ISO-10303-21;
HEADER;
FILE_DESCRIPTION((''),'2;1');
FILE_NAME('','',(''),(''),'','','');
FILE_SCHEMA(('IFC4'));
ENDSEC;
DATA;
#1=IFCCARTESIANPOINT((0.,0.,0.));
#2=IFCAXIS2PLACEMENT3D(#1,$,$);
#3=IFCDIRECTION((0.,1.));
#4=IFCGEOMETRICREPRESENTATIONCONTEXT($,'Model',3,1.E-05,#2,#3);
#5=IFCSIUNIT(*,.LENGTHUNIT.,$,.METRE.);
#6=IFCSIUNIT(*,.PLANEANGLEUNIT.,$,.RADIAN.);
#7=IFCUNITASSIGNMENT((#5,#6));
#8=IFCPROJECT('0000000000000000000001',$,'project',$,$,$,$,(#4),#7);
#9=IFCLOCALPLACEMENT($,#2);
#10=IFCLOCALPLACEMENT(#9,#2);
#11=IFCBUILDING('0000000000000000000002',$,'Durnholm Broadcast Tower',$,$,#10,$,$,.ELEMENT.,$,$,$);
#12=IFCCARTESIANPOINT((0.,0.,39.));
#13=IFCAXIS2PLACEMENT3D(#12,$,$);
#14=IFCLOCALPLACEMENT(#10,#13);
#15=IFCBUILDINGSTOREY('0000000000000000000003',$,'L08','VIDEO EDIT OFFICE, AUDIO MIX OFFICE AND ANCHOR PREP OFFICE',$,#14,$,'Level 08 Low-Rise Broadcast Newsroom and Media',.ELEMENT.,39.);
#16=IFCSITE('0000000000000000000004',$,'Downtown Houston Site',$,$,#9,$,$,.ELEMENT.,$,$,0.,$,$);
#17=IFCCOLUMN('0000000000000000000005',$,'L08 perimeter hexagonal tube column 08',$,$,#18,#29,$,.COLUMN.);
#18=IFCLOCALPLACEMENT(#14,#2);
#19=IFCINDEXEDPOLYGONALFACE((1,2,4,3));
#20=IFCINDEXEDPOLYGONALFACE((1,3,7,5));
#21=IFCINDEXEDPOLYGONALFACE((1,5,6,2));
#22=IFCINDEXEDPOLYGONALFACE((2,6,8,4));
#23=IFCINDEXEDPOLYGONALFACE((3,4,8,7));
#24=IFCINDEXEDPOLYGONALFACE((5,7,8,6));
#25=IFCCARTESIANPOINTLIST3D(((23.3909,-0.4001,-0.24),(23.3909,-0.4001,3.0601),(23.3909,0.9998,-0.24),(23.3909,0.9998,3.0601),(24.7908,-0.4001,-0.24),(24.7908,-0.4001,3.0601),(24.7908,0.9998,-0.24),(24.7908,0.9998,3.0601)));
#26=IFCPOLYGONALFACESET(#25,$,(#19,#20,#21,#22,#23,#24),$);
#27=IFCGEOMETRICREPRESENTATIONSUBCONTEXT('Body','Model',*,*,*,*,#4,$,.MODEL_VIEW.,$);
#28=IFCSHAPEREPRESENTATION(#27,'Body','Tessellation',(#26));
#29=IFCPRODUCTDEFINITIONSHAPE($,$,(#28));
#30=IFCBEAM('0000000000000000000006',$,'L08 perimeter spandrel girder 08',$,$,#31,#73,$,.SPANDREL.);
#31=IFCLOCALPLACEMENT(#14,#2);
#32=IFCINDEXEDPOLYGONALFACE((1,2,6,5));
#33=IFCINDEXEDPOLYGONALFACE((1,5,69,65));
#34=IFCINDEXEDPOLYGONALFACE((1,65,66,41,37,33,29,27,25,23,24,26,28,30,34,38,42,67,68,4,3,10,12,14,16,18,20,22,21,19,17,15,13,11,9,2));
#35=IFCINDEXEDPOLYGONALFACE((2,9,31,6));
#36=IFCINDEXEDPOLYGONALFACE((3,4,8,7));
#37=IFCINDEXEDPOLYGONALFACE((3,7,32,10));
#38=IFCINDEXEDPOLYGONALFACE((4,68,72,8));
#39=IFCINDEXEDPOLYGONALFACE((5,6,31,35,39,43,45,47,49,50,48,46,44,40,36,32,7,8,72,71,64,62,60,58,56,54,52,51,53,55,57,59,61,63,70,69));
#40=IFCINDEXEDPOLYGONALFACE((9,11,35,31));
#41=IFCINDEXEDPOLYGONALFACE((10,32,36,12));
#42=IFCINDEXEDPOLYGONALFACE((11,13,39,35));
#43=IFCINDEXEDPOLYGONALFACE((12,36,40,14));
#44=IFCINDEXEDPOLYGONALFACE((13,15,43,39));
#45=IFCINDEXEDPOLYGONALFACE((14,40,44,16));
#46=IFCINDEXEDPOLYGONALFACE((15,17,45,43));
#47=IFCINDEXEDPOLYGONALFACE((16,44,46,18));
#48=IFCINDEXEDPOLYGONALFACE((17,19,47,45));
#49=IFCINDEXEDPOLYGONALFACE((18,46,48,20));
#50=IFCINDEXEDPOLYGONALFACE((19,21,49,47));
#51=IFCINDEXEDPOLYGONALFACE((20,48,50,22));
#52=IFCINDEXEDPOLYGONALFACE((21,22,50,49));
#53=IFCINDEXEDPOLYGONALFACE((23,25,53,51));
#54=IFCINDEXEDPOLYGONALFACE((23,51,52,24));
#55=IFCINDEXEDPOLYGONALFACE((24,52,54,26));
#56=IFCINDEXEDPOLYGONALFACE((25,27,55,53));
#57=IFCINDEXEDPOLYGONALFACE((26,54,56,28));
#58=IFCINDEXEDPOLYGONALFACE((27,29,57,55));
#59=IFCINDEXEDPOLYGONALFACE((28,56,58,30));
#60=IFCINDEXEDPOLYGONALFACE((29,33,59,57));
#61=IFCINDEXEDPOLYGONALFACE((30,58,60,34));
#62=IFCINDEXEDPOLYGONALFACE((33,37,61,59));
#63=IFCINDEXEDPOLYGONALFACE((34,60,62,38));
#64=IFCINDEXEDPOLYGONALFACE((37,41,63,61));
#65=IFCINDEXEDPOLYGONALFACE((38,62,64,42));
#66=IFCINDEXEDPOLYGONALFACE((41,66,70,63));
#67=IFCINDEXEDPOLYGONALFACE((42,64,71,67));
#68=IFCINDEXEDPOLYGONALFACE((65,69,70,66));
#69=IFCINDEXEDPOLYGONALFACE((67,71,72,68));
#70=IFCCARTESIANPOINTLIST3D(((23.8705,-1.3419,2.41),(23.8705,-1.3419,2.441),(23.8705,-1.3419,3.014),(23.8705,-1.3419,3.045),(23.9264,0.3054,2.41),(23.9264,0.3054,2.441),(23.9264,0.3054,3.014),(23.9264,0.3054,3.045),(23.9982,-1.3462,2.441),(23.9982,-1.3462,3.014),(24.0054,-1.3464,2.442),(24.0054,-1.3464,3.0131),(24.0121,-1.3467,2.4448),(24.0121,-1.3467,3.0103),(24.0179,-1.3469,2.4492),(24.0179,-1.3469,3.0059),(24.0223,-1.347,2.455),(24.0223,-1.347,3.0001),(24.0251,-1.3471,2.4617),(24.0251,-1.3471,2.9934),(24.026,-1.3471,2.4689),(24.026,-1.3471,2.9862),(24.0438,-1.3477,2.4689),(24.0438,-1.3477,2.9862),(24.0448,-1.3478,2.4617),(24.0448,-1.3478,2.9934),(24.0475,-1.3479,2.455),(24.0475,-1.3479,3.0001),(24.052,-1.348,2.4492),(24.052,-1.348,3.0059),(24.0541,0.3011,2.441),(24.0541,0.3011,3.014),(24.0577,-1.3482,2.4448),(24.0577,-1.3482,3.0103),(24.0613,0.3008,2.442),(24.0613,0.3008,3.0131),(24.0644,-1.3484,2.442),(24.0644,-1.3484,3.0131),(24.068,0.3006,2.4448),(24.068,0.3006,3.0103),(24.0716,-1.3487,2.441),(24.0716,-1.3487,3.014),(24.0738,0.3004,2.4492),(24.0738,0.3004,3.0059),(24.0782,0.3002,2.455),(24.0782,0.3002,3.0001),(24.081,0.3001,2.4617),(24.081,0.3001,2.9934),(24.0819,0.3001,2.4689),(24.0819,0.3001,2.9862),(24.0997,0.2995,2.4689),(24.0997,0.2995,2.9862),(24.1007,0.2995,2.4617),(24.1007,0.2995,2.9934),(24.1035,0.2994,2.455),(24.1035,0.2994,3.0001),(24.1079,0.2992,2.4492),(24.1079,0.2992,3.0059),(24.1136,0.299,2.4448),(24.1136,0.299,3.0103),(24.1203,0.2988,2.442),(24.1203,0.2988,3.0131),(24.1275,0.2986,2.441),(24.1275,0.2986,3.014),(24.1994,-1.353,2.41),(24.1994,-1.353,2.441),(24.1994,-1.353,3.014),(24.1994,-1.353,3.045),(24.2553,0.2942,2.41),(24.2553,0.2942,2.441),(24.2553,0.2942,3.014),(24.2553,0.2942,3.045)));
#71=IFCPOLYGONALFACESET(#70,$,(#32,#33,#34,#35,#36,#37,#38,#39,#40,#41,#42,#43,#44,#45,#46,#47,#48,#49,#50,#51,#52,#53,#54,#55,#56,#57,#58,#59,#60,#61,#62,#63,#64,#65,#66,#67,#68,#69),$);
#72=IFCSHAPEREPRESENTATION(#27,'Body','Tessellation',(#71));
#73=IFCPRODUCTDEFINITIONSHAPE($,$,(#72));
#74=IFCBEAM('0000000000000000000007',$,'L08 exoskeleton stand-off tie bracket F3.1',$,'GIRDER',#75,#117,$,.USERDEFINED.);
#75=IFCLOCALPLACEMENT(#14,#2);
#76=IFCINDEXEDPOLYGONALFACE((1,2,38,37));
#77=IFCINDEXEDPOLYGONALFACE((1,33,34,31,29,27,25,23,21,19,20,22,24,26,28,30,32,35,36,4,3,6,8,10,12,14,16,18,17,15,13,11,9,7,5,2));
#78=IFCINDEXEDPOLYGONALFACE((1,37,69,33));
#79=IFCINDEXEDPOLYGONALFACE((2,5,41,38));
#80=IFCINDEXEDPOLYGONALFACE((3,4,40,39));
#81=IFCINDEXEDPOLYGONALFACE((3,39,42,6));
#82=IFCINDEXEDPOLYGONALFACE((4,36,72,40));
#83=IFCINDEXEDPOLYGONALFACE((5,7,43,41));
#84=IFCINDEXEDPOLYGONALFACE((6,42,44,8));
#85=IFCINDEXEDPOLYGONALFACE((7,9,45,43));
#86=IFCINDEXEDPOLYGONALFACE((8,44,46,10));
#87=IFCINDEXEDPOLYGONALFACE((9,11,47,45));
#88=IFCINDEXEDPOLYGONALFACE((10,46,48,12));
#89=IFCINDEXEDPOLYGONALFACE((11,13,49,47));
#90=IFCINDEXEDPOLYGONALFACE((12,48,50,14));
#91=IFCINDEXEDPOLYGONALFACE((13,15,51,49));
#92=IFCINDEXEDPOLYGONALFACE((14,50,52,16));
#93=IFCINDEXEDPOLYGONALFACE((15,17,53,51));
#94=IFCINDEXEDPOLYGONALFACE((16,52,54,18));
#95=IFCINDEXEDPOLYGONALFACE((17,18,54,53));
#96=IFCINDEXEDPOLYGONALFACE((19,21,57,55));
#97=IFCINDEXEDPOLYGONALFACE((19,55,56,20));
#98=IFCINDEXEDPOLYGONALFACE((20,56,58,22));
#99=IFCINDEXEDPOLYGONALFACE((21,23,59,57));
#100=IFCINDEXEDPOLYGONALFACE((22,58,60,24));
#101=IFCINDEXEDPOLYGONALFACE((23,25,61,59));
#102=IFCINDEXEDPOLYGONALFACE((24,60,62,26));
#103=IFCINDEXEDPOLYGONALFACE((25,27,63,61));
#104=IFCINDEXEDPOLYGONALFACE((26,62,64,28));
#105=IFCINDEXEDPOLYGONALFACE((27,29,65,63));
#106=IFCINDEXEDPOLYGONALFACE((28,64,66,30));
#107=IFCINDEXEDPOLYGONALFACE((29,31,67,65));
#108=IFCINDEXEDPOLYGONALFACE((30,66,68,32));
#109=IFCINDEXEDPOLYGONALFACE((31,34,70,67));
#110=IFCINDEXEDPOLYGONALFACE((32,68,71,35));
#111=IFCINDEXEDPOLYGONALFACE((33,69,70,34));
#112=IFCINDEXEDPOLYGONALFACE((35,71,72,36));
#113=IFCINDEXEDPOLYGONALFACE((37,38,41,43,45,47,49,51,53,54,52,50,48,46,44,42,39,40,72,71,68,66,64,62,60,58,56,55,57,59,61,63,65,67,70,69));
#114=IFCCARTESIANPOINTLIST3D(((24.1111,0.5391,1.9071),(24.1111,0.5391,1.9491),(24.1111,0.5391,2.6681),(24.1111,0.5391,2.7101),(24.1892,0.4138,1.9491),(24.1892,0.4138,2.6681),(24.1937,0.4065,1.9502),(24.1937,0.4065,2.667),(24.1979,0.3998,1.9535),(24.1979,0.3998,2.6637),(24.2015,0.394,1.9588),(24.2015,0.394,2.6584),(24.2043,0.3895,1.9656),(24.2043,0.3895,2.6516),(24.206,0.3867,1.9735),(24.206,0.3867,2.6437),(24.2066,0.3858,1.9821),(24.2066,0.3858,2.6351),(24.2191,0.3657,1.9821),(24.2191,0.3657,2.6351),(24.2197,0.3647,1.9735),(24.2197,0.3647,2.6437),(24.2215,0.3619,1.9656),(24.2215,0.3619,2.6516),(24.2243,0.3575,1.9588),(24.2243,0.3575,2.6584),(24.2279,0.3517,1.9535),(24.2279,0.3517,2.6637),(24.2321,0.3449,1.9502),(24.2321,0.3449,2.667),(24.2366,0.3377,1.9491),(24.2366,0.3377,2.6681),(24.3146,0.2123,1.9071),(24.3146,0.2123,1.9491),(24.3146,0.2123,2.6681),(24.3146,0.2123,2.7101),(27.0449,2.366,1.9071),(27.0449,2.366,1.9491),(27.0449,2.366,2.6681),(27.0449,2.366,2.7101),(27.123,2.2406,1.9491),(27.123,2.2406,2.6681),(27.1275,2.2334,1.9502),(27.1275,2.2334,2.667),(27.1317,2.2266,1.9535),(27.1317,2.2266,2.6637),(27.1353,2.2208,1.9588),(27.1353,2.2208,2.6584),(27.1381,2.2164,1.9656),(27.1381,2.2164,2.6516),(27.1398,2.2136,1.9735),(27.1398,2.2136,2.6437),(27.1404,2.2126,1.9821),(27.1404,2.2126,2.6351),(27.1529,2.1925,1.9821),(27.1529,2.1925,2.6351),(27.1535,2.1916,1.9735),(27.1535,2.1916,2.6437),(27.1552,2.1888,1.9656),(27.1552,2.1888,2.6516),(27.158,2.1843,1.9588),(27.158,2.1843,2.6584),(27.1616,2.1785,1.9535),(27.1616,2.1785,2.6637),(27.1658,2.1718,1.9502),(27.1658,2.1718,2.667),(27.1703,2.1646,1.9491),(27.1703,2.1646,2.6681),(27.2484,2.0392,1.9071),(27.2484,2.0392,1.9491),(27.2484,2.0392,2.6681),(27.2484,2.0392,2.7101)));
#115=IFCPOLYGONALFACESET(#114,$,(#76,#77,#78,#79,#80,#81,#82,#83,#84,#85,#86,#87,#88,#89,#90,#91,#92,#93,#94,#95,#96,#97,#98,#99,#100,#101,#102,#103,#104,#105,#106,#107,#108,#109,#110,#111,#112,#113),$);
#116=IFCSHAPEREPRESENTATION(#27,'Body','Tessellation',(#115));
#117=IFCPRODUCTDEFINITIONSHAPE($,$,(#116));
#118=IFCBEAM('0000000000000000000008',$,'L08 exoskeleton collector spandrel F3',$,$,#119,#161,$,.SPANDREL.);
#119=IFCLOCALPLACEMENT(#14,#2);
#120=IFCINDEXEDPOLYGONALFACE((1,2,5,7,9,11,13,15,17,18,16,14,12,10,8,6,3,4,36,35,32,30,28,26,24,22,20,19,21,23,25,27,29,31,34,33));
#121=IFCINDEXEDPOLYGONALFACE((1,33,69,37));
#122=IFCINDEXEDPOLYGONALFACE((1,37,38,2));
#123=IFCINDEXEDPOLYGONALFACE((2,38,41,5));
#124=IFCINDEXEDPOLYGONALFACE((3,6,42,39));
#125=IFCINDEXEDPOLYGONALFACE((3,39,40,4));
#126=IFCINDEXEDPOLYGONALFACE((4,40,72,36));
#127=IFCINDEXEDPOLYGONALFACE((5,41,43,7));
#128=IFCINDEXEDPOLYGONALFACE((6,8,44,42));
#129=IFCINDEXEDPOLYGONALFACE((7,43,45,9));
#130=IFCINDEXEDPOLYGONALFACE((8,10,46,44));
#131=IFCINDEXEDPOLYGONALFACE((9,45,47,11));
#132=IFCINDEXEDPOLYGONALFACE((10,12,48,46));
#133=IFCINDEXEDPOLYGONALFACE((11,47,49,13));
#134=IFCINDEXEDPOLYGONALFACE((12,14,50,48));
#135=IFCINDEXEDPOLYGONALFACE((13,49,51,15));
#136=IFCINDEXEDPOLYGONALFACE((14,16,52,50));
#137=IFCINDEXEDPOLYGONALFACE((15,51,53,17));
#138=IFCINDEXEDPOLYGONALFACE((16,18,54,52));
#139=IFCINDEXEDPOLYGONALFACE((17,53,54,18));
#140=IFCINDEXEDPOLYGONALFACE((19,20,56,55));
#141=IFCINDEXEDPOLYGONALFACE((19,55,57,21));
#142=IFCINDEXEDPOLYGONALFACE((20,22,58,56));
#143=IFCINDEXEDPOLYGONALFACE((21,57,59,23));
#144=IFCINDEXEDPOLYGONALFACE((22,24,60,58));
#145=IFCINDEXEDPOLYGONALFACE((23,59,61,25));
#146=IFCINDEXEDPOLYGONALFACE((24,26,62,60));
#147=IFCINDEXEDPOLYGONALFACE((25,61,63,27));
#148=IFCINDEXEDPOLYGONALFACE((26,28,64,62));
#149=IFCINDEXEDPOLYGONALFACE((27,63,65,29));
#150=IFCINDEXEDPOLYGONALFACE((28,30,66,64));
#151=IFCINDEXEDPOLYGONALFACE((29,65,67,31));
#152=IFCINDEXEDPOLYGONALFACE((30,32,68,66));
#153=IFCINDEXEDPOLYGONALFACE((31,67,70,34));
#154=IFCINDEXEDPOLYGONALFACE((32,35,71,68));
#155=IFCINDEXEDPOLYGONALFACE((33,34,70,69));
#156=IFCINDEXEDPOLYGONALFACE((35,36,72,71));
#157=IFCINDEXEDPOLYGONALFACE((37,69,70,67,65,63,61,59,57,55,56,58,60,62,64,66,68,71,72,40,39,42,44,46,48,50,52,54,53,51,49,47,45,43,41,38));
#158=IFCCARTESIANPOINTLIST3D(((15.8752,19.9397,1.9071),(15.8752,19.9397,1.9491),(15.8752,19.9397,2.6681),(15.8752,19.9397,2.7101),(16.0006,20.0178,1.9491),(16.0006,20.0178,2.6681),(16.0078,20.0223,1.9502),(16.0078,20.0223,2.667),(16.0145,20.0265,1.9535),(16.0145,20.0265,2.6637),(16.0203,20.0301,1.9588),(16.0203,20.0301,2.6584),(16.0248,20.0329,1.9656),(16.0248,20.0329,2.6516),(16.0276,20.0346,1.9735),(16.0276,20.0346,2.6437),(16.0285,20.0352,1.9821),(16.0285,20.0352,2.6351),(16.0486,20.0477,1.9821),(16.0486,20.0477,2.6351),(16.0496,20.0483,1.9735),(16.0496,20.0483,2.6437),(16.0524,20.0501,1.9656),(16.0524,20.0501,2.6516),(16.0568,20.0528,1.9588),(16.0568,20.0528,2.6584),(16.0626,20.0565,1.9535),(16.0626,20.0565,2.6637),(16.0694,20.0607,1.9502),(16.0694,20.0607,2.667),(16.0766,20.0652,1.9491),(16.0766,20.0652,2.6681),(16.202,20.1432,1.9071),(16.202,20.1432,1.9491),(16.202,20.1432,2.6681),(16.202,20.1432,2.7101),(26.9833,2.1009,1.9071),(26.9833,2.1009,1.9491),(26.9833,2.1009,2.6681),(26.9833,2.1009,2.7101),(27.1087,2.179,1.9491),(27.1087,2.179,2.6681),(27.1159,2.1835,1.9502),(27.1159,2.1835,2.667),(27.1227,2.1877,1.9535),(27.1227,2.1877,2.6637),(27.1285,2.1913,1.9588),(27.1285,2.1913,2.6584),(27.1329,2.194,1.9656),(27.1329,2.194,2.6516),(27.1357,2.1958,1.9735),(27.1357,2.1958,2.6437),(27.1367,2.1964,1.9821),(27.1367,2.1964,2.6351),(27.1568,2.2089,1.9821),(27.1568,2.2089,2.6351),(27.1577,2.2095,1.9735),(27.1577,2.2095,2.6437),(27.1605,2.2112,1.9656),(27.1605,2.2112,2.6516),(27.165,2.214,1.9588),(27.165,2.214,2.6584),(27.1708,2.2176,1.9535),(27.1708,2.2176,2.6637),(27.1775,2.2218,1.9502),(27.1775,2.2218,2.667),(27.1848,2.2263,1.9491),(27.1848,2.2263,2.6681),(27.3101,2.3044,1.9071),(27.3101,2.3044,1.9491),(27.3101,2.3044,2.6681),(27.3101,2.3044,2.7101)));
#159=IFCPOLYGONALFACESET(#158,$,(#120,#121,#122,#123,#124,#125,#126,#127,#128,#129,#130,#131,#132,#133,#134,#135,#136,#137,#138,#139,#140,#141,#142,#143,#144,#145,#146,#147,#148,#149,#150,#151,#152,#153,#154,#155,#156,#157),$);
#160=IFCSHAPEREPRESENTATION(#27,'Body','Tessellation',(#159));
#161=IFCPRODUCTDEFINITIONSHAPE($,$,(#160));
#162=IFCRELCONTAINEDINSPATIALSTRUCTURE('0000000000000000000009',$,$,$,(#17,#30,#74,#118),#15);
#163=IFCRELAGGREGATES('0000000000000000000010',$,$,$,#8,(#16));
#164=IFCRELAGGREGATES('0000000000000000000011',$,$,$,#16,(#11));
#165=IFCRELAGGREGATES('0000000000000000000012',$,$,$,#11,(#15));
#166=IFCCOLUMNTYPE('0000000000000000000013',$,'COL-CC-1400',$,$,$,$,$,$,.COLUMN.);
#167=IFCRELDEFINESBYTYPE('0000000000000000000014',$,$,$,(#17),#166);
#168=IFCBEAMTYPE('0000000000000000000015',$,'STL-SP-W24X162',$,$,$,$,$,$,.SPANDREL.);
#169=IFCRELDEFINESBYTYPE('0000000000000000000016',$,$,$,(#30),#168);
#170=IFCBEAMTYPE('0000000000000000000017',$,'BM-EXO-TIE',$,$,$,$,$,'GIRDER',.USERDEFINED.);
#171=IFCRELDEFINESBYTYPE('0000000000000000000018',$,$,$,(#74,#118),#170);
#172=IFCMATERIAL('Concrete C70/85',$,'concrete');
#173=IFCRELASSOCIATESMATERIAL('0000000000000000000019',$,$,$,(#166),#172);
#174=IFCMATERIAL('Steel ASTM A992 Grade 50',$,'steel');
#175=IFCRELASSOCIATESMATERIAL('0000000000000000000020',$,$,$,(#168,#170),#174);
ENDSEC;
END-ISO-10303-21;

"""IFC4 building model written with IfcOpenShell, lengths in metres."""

from ifc_helpers import new_model, si_unit, direction, frame, origin, origin_2d, place, context, subcontext, project, spatial, rectangle, i_section, extrude, source, transform, mapped, material, material_profile, profile_set, type_object, type_shapes, element, save


model = new_model("IFC4")

# Units and contexts
model_context = context("Model", 3, precision=1e-05, world=origin(), true_north=direction((0.0, 1.0)))
body_context = subcontext(model_context, "Body", "Model", "MODEL_VIEW")
ifc_project = project(units=[si_unit("LENGTHUNIT", "METRE"), si_unit("PLANEANGLEUNIT", "RADIAN")], contexts=[model_context])

# Site, building, storey
site_placement = place(None, origin())
site = spatial("IfcSite", under=ifc_project, at=site_placement, Name="Downtown Houston Site", CompositionType="ELEMENT", RefElevation=0.0)
building_placement = place(site_placement, origin())
building = spatial("IfcBuilding", under=site, at=building_placement, Name="Durnholm Broadcast Tower", CompositionType="ELEMENT")
storey_placement = place(building_placement, frame((0.0, 0.0, 39.0)))
storey = spatial("IfcBuildingStorey", under=building, at=storey_placement, Name="L08", Description="VIDEO EDIT OFFICE, AUDIO MIX OFFICE AND ANCHOR PREP OFFICE", LongName="Level 08 Low-Rise Broadcast Newsroom and Media", CompositionType="ELEMENT", Elevation=39.0)

# Column
ifc_material_1 = material(Name="Concrete C70/85", Category="concrete")
ifc_material_profile_1 = material_profile(ifc_material_1, rectangle(XDim=1.3999, YDim=1.3999, at=origin_2d()), Name="RC1400X1400")
ifc_profile_set_1 = profile_set([ifc_material_profile_1], Name="Concrete C70/85")
column_type = type_object("IfcColumnType", Name="COL-CC-1400", PredefinedType="COLUMN", material=ifc_profile_set_1)
shared_shape_1 = source(origin(), body_context, "Body", "SweptSolid", [
    extrude(rectangle(XDim=1.3999, YDim=1.3999, at=origin_2d()), origin(), (0.0, 0.0, 1.0), 3.3),
])
type_shapes(column_type, [shared_shape_1])
column_placement = place(storey_placement, frame((24.0908, 0.2998, -0.24), z_axis=(0.0, 0.0, 1.0), x_axis=(1.0, 0.0, 0.0)))
element("IfcColumn", 1, at=column_placement, inside=storey, type_object=column_type, Name="L08 perimeter hexagonal tube column 08", PredefinedType="COLUMN", context=body_context, shape_type="MappedRepresentation", body=[
    mapped(shared_shape_1, transform((0.0, 0.0, 0.0), x_axis=(1.0, 0.0, 0.0), y_axis=(0.0, 1.0, 0.0), z_axis=(0.0, 0.0, 1.0), scale=1.0)),
])

# Beams
ifc_material_2 = material(Name="Steel ASTM A992 Grade 50", Category="steel")
ifc_material_profile_2 = material_profile(ifc_material_2, i_section(OverallWidth=0.3291, OverallDepth=0.635, WebThickness=0.0178, FlangeThickness=0.031, FilletRadius=0.0278, at=origin_2d()), Name="W24X162")
ifc_profile_set_2 = profile_set([ifc_material_profile_2], Name="Steel ASTM A992 Grade 50")
beam_type_1 = type_object("IfcBeamType", Name="STL-SP-W24X162", PredefinedType="SPANDREL", material=ifc_profile_set_2)
shared_shape_2 = source(origin(), body_context, "Body", "SweptSolid", [
    extrude(i_section(OverallWidth=0.3291, OverallDepth=0.635, WebThickness=0.0178, FlangeThickness=0.031, FilletRadius=0.0278, at=origin_2d()), origin(), (0.0, 0.0, 1.0), 1.6482),
])
type_shapes(beam_type_1, [shared_shape_2])
beam_1_placement = place(storey_placement, frame((24.0908, 0.2998, 2.7275), z_axis=(-0.033921, -0.999425, 0.0), x_axis=(0.999425, -0.033921, 0.0)))
element("IfcBeam", 2, at=beam_1_placement, inside=storey, type_object=beam_type_1, Name="L08 perimeter spandrel girder 08", PredefinedType="SPANDREL", context=body_context, shape_type="MappedRepresentation", body=[
    mapped(shared_shape_2, transform((0.0, 0.0, 0.0), x_axis=(1.0, 0.0, 0.0), y_axis=(0.0, 1.0, 0.0), z_axis=(0.0, 0.0, 1.0), scale=1.0)),
])
ifc_material_profile_3 = material_profile(ifc_material_2, i_section(OverallWidth=0.385, OverallDepth=0.803, WebThickness=0.0237, FlangeThickness=0.042, FilletRadius=0.033, at=origin_2d()), Name="W30X261")
ifc_profile_set_3 = profile_set([ifc_material_profile_3], Name="Steel ASTM A992 Grade 50")
beam_type_2 = type_object("IfcBeamType", Name="BM-EXO-TIE", ElementType="GIRDER", PredefinedType="USERDEFINED", material=ifc_profile_set_3)
shared_shape_3 = source(origin(), body_context, "Body", "SweptSolid", [
    extrude(i_section(OverallWidth=0.385, OverallDepth=0.803, WebThickness=0.0237, FlangeThickness=0.042, FilletRadius=0.033, at=origin_2d()), origin(), (0.0, 0.0, 1.0), 3.4561),
])
beam_2_placement = place(storey_placement, frame((24.2129, 0.3757, 2.3086), z_axis=(0.848874, 0.528595, 0.0), x_axis=(-0.528595, 0.848874, 0.0)))
element("IfcBeam", 3, at=beam_2_placement, inside=storey, type_object=beam_type_2, Name="L08 exoskeleton stand-off tie bracket F3.1", ObjectType="GIRDER", PredefinedType="USERDEFINED", context=body_context, shape_type="MappedRepresentation", body=[
    mapped(shared_shape_3, transform((0.0, 0.0, 0.0), x_axis=(1.0, 0.0, 0.0), y_axis=(0.0, 1.0, 0.0), z_axis=(0.0, 0.0, 1.0), scale=1.0)),
])
shared_shape_4 = source(origin(), body_context, "Body", "SweptSolid", [
    extrude(i_section(OverallWidth=0.385, OverallDepth=0.803, WebThickness=0.0237, FlangeThickness=0.042, FilletRadius=0.033, at=origin_2d()), origin(), (0.0, 0.0, 1.0), 21.0146),
])
type_shapes(beam_type_2, [shared_shape_3, shared_shape_4])
beam_3_placement = place(storey_placement, frame((27.1467, 2.2026, 2.3086), z_axis=(-0.528591, 0.848877, 0.0), x_axis=(-0.848877, -0.528591, 0.0)))
element("IfcBeam", 4, at=beam_3_placement, inside=storey, type_object=beam_type_2, Name="L08 exoskeleton collector spandrel F3", PredefinedType="SPANDREL", context=body_context, shape_type="MappedRepresentation", body=[
    mapped(shared_shape_4, transform((0.0, 0.0, 0.0), x_axis=(1.0, 0.0, 0.0), y_axis=(0.0, 1.0, 0.0), z_axis=(0.0, 0.0, 1.0), scale=1.0)),
])

save(model, "model.ifc")
